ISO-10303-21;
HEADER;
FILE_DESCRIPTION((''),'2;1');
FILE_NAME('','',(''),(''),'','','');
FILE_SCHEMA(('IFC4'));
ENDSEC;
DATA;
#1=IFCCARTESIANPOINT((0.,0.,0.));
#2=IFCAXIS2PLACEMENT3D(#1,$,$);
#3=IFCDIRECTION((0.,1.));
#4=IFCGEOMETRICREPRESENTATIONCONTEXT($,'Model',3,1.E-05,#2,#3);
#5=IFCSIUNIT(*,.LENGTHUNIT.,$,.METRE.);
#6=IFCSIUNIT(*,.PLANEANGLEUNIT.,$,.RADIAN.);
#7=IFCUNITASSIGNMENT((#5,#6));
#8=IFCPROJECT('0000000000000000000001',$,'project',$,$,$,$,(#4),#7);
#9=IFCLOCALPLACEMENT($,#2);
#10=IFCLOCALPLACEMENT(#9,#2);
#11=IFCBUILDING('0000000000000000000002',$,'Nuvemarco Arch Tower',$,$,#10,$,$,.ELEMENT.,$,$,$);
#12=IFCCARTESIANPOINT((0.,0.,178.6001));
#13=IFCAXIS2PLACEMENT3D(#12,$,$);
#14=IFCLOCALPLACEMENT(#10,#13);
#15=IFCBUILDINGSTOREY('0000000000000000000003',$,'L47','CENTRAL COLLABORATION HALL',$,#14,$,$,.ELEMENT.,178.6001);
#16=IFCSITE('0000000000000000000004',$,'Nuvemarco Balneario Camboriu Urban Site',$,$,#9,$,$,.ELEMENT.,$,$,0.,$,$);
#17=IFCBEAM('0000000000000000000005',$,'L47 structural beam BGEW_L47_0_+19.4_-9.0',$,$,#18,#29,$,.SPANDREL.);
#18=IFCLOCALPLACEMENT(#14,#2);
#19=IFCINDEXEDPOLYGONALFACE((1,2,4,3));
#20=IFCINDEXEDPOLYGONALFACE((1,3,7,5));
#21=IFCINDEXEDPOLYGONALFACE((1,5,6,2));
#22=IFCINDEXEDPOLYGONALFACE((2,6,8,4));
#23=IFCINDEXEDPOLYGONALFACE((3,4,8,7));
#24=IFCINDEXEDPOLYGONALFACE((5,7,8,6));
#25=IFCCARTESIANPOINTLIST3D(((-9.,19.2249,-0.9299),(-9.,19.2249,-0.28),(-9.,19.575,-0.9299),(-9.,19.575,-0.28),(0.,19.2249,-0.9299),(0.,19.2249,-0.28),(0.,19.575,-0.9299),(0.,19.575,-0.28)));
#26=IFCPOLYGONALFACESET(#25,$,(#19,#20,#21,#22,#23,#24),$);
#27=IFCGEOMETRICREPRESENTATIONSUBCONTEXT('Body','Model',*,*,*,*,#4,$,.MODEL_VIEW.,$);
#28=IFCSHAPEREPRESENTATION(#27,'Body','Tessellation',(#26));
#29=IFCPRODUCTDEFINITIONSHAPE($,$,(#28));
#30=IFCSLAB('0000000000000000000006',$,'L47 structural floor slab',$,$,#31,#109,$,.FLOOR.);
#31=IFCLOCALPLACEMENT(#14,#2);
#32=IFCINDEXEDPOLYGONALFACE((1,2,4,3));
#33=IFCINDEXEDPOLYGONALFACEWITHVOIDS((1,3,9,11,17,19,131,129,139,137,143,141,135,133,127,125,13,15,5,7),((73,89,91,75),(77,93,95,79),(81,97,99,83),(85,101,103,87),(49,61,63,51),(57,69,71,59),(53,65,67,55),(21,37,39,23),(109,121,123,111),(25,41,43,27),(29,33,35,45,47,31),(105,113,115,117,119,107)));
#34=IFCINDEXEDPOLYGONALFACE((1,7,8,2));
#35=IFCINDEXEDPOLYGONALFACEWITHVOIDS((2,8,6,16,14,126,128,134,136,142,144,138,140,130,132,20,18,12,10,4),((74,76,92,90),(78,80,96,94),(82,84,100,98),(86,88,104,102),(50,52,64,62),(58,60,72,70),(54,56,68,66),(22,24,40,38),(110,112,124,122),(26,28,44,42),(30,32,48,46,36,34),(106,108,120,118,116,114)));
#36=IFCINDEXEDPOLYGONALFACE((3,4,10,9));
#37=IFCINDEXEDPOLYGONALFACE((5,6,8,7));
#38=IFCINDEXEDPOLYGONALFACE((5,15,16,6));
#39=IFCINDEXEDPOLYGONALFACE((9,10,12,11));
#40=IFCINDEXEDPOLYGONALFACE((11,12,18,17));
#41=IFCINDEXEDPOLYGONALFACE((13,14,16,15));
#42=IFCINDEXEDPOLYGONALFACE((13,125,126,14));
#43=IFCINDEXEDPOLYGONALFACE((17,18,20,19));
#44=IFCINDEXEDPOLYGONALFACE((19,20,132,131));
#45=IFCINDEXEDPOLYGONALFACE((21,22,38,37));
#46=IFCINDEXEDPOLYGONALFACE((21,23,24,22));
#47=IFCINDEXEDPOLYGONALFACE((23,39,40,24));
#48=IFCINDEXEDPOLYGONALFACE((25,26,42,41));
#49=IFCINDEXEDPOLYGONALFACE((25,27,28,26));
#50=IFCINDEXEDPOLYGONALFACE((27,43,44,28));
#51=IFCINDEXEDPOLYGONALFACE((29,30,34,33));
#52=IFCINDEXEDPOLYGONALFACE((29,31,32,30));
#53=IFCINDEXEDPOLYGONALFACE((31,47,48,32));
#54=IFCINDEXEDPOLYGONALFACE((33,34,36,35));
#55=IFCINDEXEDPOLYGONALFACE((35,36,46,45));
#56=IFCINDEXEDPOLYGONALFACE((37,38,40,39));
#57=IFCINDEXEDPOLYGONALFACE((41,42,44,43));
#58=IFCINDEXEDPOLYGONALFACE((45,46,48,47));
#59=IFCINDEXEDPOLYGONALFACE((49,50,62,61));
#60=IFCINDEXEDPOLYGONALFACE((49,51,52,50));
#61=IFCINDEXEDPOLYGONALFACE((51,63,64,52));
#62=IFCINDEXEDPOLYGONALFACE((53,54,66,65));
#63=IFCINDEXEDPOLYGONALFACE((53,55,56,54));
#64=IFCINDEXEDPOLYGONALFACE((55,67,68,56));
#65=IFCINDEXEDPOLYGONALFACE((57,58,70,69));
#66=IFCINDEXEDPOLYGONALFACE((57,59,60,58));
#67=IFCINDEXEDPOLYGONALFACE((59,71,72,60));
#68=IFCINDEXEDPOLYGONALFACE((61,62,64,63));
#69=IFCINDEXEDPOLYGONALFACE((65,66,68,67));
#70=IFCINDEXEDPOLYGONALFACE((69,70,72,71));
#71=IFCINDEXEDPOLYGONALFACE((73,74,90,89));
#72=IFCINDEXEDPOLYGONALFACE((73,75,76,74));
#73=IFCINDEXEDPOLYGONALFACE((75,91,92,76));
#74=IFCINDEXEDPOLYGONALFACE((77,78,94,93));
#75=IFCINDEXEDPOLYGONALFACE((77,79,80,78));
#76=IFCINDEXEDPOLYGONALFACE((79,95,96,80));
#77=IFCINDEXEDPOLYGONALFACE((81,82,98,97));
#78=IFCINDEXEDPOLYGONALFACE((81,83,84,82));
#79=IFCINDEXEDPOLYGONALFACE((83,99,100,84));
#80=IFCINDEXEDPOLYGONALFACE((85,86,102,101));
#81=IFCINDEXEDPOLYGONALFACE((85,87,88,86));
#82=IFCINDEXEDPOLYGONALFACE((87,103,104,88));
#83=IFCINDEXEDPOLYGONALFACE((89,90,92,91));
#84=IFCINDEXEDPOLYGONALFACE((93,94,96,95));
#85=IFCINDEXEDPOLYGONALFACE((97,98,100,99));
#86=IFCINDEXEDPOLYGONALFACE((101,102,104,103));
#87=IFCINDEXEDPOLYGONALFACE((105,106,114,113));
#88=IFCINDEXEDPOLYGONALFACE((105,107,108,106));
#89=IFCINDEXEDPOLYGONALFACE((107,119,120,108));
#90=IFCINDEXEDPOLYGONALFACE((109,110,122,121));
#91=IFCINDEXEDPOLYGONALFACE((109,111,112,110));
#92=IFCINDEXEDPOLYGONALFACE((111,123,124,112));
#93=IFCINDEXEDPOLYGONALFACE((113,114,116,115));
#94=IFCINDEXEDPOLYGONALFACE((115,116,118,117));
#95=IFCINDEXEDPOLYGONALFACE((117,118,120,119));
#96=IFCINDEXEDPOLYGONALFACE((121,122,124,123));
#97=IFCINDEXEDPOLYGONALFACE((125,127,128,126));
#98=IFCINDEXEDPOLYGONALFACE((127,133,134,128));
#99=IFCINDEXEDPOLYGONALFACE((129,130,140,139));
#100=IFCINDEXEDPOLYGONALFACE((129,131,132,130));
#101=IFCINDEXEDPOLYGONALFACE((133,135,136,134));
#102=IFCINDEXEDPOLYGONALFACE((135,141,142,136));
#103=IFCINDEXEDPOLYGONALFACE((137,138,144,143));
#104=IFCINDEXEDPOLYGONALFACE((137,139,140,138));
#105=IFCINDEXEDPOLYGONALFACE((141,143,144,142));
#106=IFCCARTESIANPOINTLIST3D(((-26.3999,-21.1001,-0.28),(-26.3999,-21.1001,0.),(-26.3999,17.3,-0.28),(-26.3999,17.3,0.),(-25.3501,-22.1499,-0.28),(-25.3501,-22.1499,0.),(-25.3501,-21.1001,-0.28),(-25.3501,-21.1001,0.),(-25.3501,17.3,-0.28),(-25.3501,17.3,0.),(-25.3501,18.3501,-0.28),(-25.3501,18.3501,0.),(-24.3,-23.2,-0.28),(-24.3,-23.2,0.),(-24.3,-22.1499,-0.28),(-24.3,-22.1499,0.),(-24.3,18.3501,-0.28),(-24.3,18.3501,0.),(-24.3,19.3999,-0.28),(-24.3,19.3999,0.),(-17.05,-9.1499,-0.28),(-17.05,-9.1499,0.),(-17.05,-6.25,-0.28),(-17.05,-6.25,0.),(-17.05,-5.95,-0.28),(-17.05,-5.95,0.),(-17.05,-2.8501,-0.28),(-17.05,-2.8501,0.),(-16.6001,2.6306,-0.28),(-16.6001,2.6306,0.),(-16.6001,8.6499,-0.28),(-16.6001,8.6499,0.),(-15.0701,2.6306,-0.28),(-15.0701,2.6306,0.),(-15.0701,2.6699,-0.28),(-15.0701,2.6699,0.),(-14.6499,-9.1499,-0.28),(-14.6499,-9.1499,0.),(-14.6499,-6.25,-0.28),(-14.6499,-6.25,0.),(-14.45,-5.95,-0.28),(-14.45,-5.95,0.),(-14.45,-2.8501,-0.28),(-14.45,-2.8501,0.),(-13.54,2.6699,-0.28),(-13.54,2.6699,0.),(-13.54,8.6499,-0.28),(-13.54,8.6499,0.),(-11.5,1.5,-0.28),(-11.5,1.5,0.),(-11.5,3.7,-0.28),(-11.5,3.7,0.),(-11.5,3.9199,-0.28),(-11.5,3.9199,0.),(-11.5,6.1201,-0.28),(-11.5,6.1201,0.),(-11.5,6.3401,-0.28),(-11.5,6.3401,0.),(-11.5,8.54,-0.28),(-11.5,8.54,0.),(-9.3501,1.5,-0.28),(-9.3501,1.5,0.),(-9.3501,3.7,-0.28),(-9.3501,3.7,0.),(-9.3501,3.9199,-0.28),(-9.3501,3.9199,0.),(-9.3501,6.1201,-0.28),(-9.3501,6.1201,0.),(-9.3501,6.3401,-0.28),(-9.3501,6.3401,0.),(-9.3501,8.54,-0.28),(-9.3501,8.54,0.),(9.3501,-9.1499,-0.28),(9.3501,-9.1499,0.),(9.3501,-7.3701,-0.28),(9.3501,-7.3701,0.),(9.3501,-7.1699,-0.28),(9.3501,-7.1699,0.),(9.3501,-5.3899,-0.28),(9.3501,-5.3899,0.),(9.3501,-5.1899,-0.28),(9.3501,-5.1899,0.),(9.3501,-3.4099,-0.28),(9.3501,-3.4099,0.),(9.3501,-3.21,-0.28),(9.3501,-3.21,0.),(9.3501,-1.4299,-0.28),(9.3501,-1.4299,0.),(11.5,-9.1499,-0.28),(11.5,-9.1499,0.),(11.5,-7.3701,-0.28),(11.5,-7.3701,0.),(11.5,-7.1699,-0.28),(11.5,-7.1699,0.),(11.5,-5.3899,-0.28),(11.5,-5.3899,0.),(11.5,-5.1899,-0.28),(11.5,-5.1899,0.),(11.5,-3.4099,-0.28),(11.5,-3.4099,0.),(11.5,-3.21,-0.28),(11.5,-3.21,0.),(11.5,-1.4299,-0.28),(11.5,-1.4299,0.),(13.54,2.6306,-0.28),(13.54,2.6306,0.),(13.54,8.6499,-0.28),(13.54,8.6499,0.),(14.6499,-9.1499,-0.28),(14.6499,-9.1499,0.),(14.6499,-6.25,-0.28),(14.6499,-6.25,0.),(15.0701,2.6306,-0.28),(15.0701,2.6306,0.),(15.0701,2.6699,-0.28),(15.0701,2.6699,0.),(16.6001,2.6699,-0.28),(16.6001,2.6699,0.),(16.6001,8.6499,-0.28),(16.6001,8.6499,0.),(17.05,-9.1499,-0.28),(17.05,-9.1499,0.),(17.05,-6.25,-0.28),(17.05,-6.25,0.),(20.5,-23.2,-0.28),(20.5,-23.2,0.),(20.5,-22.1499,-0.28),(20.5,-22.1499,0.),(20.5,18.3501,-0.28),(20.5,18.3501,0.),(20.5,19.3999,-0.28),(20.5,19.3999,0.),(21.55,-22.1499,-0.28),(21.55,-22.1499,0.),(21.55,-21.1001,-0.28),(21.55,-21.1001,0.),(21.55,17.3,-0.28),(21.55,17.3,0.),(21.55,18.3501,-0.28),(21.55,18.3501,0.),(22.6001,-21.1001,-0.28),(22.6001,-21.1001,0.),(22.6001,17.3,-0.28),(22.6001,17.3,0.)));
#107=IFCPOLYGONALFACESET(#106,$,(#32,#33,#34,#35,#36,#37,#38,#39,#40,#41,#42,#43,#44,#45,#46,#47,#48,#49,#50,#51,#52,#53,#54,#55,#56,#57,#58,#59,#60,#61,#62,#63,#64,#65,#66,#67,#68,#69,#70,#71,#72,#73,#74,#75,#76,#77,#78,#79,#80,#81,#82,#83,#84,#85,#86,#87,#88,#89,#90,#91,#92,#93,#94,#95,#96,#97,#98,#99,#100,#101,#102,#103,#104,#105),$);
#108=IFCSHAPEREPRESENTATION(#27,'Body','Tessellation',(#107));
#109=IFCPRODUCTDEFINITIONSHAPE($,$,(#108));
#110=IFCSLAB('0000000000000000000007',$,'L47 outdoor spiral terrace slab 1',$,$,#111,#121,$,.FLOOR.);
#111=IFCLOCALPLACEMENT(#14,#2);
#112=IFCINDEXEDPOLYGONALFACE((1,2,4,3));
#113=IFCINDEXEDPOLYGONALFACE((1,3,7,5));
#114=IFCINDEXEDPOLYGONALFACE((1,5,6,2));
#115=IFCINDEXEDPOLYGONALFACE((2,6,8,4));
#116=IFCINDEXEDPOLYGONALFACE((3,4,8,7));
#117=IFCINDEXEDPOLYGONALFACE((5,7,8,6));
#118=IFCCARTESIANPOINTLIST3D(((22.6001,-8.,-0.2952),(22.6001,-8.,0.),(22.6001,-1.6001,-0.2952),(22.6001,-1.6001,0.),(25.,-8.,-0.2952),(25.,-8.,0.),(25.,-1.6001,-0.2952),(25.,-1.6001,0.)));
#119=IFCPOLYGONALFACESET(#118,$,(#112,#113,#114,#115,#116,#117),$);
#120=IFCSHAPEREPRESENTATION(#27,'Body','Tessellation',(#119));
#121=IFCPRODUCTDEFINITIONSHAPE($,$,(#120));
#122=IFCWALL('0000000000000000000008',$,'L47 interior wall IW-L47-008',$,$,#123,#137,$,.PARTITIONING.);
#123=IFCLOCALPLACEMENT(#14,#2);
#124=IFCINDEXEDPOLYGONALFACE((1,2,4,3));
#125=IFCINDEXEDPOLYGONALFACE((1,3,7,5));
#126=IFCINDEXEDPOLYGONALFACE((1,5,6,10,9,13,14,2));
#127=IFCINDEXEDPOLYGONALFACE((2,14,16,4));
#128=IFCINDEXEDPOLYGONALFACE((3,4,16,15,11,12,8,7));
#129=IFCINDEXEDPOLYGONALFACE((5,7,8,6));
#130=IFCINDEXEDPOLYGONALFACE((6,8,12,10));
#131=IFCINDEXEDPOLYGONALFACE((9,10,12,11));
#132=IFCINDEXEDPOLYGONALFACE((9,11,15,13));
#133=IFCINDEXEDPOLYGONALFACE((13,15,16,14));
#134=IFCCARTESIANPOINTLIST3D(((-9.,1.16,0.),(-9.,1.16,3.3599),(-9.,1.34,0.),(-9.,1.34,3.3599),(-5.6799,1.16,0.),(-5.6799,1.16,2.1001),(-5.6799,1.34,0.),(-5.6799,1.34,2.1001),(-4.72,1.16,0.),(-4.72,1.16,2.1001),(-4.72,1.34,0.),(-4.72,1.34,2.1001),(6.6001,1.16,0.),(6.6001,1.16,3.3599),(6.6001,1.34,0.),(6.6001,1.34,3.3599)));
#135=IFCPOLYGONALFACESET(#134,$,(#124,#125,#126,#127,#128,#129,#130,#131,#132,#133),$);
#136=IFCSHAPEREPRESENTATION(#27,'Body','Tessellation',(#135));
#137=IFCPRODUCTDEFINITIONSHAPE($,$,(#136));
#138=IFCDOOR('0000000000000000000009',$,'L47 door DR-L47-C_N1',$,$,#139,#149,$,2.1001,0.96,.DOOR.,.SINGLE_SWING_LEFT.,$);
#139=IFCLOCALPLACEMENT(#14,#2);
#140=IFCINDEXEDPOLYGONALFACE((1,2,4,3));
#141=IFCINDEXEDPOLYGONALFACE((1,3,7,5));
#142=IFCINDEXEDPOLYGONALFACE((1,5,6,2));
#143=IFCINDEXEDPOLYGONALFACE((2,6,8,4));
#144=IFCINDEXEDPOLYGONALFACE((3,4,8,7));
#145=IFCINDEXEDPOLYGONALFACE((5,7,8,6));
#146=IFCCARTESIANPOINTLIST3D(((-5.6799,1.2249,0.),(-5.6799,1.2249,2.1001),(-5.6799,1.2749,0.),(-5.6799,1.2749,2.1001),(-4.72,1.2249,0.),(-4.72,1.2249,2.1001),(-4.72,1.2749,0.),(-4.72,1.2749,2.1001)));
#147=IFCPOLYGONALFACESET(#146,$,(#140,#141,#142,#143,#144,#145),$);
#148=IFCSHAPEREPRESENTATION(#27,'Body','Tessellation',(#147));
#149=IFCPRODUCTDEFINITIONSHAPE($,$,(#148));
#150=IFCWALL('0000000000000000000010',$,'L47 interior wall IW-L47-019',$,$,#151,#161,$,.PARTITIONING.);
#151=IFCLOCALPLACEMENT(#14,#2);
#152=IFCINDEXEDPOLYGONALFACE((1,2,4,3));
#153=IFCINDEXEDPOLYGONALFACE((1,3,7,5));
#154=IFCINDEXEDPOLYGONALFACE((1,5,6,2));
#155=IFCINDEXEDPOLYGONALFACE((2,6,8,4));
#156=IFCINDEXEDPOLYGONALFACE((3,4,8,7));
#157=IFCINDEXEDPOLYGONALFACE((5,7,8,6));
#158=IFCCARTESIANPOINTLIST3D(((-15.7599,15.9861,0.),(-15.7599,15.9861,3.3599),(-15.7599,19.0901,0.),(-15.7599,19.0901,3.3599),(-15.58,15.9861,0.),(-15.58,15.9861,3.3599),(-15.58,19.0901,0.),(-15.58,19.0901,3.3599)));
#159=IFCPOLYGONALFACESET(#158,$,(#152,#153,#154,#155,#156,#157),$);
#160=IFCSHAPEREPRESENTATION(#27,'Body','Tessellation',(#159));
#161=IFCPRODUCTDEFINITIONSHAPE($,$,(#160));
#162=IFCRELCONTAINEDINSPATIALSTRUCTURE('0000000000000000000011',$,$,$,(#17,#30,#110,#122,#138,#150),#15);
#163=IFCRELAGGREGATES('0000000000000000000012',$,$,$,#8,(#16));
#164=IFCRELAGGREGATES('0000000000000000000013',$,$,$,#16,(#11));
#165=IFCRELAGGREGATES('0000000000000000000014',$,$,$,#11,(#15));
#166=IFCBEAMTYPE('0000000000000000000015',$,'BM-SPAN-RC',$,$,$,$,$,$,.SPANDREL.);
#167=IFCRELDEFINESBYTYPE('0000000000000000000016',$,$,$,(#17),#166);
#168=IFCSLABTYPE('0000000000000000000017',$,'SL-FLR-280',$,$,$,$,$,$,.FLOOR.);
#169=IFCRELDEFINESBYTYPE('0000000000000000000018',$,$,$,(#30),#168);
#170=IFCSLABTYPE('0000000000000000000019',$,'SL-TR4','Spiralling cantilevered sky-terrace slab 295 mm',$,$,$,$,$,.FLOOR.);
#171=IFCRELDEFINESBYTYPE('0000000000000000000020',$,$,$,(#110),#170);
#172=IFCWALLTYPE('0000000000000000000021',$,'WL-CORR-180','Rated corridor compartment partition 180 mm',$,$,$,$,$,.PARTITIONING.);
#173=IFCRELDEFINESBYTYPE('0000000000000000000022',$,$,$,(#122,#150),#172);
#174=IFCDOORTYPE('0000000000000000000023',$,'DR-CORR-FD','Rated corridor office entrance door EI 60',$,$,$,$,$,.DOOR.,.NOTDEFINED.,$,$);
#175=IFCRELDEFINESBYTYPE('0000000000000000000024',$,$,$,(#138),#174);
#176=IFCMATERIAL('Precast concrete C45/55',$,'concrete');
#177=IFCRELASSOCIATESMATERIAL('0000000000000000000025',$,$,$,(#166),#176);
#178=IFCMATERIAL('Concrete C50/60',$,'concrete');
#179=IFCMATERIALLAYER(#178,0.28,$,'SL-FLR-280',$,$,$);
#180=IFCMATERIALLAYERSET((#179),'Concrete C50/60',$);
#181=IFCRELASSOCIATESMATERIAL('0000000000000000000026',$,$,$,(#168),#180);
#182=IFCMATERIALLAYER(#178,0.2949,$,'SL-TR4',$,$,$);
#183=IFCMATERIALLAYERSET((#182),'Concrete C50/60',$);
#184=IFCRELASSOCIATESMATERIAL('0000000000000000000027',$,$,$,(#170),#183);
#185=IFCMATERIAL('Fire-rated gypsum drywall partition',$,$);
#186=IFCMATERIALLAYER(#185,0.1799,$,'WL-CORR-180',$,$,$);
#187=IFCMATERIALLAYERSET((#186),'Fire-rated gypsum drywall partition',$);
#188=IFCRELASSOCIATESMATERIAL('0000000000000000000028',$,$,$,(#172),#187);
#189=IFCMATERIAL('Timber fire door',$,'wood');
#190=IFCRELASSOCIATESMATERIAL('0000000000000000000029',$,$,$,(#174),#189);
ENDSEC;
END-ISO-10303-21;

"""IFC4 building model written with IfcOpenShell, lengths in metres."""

from ifc_helpers import new_model, si_unit, direction, frame, frame_2d, origin, origin_2d, place, context, subcontext, project, spatial, polyline, rectangle, outline, extrude, source, transform, mapped, material, layer, layer_set, material_profile, profile_set, type_object, type_shapes, element, fill, save


model = new_model("IFC4")

# Units and contexts
model_context = context("Model", 3, precision=1e-05, world=origin(), true_north=direction((0.0, 1.0)))
body_context = subcontext(model_context, "Body", "Model", "MODEL_VIEW")
ifc_project = project(units=[si_unit("LENGTHUNIT", "METRE"), si_unit("PLANEANGLEUNIT", "RADIAN")], contexts=[model_context])

# Site, building, storey
site_placement = place(None, origin())
site = spatial("IfcSite", under=ifc_project, at=site_placement, Name="Nuvemarco Balneario Camboriu Urban Site", CompositionType="ELEMENT", RefElevation=0.0)
building_placement = place(site_placement, origin())
building = spatial("IfcBuilding", under=site, at=building_placement, Name="Nuvemarco Arch Tower", CompositionType="ELEMENT")
storey_placement = place(building_placement, frame((0.0, 0.0, 178.6001)))
storey = spatial("IfcBuildingStorey", under=building, at=storey_placement, Name="L47", Description="CENTRAL COLLABORATION HALL", CompositionType="ELEMENT", Elevation=178.6001)

# Shared definitions
ifc_material_1 = material(Name="Concrete C50/60", Category="concrete")

# Beam
ifc_material_2 = material(Name="Precast concrete C45/55", Category="concrete")
ifc_material_profile_1 = material_profile(ifc_material_2, rectangle(XDim=0.3501, YDim=0.6499, at=origin_2d()), Name="PC-SP-350x650")
ifc_profile_set_1 = profile_set([ifc_material_profile_1], Name="Precast concrete C45/55")
beam_type_1 = type_object("IfcBeamType", Name="BM-SPAN-RC", PredefinedType="SPANDREL", material=ifc_profile_set_1)
beam_1_placement = place(storey_placement, frame((-9.0, 19.3999, -0.605), z_axis=(1.0, 0.0, 0.0), x_axis=(0.0, 1.0, 0.0)))
element("IfcBeam", 1, at=beam_1_placement, inside=storey, type_object=beam_type_1, Name="L47 structural beam BGEW_L47_0_+19.4_-9.0", PredefinedType="SPANDREL", context=body_context, shape_type="SweptSolid", body=[
    extrude(rectangle(XDim=0.3501, YDim=0.6499, at=origin_2d()), origin(), (0.0, 0.0, 1.0), 9.0),
])

# Slabs
ifc_layer_1 = layer(ifc_material_1, 0.28, Name="SL-FLR-280")
ifc_layer_set_1 = layer_set([ifc_layer_1], Name="Concrete C50/60")
slab_type_1 = type_object("IfcSlabType", Name="SL-FLR-280", PredefinedType="FLOOR", material=ifc_layer_set_1)
slab_1_placement = place(storey_placement, frame((0.0, 0.0, -0.28)))
element("IfcSlab", 2, at=slab_1_placement, inside=storey, type_object=slab_type_1, Name="L47 structural floor slab", PredefinedType="FLOOR", context=body_context, shape_type="SweptSolid", body=[
    extrude(outline(polyline([(-24.3, -23.2), (20.5, -23.2), (20.5, -22.1499), (21.55, -22.1499), (21.55, -21.1001), (22.6001, -21.1001), (22.6001, 17.3), (21.55, 17.3), (21.55, 18.3501), (20.5, 18.3501), (20.5, 19.3999), (-24.3, 19.3999), (-24.3, 18.3501), (-25.3501, 18.3501), (-25.3501, 17.3), (-26.3999, 17.3), (-26.3999, -21.1001), (-25.3501, -21.1001), (-25.3501, -22.1499), (-24.3, -22.1499), (-24.3, -23.2)]), holes=[polyline([(-13.54, 2.6699), (-13.54, 8.6499), (-16.6001, 8.6499), (-16.6001, 2.6306), (-15.0701, 2.6306), (-15.0701, 2.6699), (-13.54, 2.6699)]), polyline([(16.6001, 2.6699), (16.6001, 8.6499), (13.54, 8.6499), (13.54, 2.6306), (15.0701, 2.6306), (15.0701, 2.6699), (16.6001, 2.6699)]), polyline([(-17.05, -9.1499), (-14.6499, -9.1499), (-14.6499, -6.25), (-17.05, -6.25), (-17.05, -9.1499)]), polyline([(-17.05, -5.95), (-14.45, -5.95), (-14.45, -2.8501), (-17.05, -2.8501), (-17.05, -5.95)]), polyline([(-11.5, 1.5), (-9.3501, 1.5), (-9.3501, 3.7), (-11.5, 3.7), (-11.5, 1.5)]), polyline([(-11.5, 3.9199), (-9.3501, 3.9199), (-9.3501, 6.1201), (-11.5, 6.1201), (-11.5, 3.9199)]), polyline([(-11.5, 6.3401), (-9.3501, 6.3401), (-9.3501, 8.54), (-11.5, 8.54), (-11.5, 6.3401)]), polyline([(14.6499, -9.1499), (17.05, -9.1499), (17.05, -6.25), (14.6499, -6.25), (14.6499, -9.1499)]), polyline([(9.3501, -9.1499), (11.5, -9.1499), (11.5, -7.3701), (9.3501, -7.3701), (9.3501, -9.1499)]), polyline([(9.3501, -7.1699), (11.5, -7.1699), (11.5, -5.3899), (9.3501, -5.3899), (9.3501, -7.1699)]), polyline([(9.3501, -5.1899), (11.5, -5.1899), (11.5, -3.4099), (9.3501, -3.4099), (9.3501, -5.1899)]), polyline([(9.3501, -3.21), (11.5, -3.21), (11.5, -1.4299), (9.3501, -1.4299), (9.3501, -3.21)])]), origin(), (0.0, 0.0, 1.0), 0.28),
])
ifc_layer_2 = layer(ifc_material_1, 0.2949, Name="SL-TR4")
ifc_layer_set_2 = layer_set([ifc_layer_2], Name="Concrete C50/60")
slab_type_2 = type_object("IfcSlabType", Name="SL-TR4", Description="Spiralling cantilevered sky-terrace slab 295 mm", PredefinedType="FLOOR", material=ifc_layer_set_2)
slab_2_placement = place(storey_placement, frame((0.0, 0.0, -0.2952)))
element("IfcSlab", 3, at=slab_2_placement, inside=storey, type_object=slab_type_2, Name="L47 outdoor spiral terrace slab 1", PredefinedType="FLOOR", context=body_context, shape_type="SweptSolid", body=[
    extrude(outline(polyline([(22.6001, -8.0), (25.0, -8.0), (25.0, -1.6001), (22.6001, -1.6001), (22.6001, -8.0)])), origin(), (0.0, 0.0, 1.0), 0.2952),
])

# Wall, opening, door
ifc_material_3 = material(Name="Fire-rated gypsum drywall partition")
ifc_layer_3 = layer(ifc_material_3, 0.1799, Name="WL-CORR-180")
ifc_layer_set_3 = layer_set([ifc_layer_3], Name="Fire-rated gypsum drywall partition")
wall_type_1 = type_object("IfcWallType", Name="WL-CORR-180", Description="Rated corridor compartment partition 180 mm", PredefinedType="PARTITIONING", material=ifc_layer_set_3)
wall_1_placement = place(storey_placement, frame((-9.0, 1.25, 0.0), z_axis=(0.0, 0.0, 1.0), x_axis=(1.0, 0.0, 0.0)))
wall_1 = element("IfcWall", 4, at=wall_1_placement, inside=storey, type_object=wall_type_1, Name="L47 interior wall IW-L47-008", PredefinedType="PARTITIONING", context=body_context, shape_type="SweptSolid", body=[
    extrude(rectangle(XDim=15.6001, YDim=0.1799, at=frame_2d((7.8, 0.0))), origin(), (0.0, 0.0, 1.0), 3.3599),
])
opening_1_placement = place(wall_1_placement, frame((3.3201, 0.0, 0.0)))
opening_1 = element("IfcOpeningElement", 5, at=opening_1_placement, cuts=wall_1, PredefinedType="OPENING", context=body_context, shape_type="SweptSolid", body=[
    extrude(rectangle(XDim=0.96, YDim=2.1001, at=frame_2d((0.48, 1.05))), frame((0.0, 0.0999, 0.0), z_axis=(0.0, -1.0, 0.0), x_axis=(1.0, 0.0, 0.0)), (0.0, 0.0, 1.0), 0.2),
])
ifc_material_4 = material(Name="Timber fire door", Category="wood")
door_type_1 = type_object("IfcDoorType", Name="DR-CORR-FD", Description="Rated corridor office entrance door EI 60", OperationType="NOTDEFINED", PredefinedType="DOOR", material=ifc_material_4)
shared_shape_1 = source(origin(), body_context, "Body", "SweptSolid", [
    extrude(rectangle(XDim=0.96, YDim=2.1001, at=frame_2d((0.48, 1.05))), frame((0.0, 0.0249, 0.0), z_axis=(0.0, -1.0, 0.0), x_axis=(1.0, 0.0, 0.0)), (0.0, 0.0, 1.0), 0.05),
])
type_shapes(door_type_1, [shared_shape_1])
door_1_placement = place(opening_1_placement, origin())
door_1 = element("IfcDoor", 6, at=door_1_placement, inside=storey, type_object=door_type_1, Name="L47 door DR-L47-C_N1", OperationType="SINGLE_SWING_LEFT", OverallHeight=2.1001, OverallWidth=0.96, PredefinedType="DOOR", context=body_context, shape_type="MappedRepresentation", body=[
    mapped(shared_shape_1, transform((0.0, 0.0, 0.0), scale=1.0)),
])
fill(opening_1, door_1)

# Wall
wall_2_placement = place(storey_placement, frame((-15.6699, 15.9861, 0.0), z_axis=(0.0, 0.0, 1.0), x_axis=(0.0, 1.0, 0.0)))
element("IfcWall", 7, at=wall_2_placement, inside=storey, type_object=wall_type_1, Name="L47 interior wall IW-L47-019", PredefinedType="PARTITIONING", context=body_context, shape_type="SweptSolid", body=[
    extrude(rectangle(XDim=3.104, YDim=0.1799, at=frame_2d((1.552, 0.0))), origin(), (0.0, 0.0, 1.0), 3.3599),
])

save(model, "model.ifc")
